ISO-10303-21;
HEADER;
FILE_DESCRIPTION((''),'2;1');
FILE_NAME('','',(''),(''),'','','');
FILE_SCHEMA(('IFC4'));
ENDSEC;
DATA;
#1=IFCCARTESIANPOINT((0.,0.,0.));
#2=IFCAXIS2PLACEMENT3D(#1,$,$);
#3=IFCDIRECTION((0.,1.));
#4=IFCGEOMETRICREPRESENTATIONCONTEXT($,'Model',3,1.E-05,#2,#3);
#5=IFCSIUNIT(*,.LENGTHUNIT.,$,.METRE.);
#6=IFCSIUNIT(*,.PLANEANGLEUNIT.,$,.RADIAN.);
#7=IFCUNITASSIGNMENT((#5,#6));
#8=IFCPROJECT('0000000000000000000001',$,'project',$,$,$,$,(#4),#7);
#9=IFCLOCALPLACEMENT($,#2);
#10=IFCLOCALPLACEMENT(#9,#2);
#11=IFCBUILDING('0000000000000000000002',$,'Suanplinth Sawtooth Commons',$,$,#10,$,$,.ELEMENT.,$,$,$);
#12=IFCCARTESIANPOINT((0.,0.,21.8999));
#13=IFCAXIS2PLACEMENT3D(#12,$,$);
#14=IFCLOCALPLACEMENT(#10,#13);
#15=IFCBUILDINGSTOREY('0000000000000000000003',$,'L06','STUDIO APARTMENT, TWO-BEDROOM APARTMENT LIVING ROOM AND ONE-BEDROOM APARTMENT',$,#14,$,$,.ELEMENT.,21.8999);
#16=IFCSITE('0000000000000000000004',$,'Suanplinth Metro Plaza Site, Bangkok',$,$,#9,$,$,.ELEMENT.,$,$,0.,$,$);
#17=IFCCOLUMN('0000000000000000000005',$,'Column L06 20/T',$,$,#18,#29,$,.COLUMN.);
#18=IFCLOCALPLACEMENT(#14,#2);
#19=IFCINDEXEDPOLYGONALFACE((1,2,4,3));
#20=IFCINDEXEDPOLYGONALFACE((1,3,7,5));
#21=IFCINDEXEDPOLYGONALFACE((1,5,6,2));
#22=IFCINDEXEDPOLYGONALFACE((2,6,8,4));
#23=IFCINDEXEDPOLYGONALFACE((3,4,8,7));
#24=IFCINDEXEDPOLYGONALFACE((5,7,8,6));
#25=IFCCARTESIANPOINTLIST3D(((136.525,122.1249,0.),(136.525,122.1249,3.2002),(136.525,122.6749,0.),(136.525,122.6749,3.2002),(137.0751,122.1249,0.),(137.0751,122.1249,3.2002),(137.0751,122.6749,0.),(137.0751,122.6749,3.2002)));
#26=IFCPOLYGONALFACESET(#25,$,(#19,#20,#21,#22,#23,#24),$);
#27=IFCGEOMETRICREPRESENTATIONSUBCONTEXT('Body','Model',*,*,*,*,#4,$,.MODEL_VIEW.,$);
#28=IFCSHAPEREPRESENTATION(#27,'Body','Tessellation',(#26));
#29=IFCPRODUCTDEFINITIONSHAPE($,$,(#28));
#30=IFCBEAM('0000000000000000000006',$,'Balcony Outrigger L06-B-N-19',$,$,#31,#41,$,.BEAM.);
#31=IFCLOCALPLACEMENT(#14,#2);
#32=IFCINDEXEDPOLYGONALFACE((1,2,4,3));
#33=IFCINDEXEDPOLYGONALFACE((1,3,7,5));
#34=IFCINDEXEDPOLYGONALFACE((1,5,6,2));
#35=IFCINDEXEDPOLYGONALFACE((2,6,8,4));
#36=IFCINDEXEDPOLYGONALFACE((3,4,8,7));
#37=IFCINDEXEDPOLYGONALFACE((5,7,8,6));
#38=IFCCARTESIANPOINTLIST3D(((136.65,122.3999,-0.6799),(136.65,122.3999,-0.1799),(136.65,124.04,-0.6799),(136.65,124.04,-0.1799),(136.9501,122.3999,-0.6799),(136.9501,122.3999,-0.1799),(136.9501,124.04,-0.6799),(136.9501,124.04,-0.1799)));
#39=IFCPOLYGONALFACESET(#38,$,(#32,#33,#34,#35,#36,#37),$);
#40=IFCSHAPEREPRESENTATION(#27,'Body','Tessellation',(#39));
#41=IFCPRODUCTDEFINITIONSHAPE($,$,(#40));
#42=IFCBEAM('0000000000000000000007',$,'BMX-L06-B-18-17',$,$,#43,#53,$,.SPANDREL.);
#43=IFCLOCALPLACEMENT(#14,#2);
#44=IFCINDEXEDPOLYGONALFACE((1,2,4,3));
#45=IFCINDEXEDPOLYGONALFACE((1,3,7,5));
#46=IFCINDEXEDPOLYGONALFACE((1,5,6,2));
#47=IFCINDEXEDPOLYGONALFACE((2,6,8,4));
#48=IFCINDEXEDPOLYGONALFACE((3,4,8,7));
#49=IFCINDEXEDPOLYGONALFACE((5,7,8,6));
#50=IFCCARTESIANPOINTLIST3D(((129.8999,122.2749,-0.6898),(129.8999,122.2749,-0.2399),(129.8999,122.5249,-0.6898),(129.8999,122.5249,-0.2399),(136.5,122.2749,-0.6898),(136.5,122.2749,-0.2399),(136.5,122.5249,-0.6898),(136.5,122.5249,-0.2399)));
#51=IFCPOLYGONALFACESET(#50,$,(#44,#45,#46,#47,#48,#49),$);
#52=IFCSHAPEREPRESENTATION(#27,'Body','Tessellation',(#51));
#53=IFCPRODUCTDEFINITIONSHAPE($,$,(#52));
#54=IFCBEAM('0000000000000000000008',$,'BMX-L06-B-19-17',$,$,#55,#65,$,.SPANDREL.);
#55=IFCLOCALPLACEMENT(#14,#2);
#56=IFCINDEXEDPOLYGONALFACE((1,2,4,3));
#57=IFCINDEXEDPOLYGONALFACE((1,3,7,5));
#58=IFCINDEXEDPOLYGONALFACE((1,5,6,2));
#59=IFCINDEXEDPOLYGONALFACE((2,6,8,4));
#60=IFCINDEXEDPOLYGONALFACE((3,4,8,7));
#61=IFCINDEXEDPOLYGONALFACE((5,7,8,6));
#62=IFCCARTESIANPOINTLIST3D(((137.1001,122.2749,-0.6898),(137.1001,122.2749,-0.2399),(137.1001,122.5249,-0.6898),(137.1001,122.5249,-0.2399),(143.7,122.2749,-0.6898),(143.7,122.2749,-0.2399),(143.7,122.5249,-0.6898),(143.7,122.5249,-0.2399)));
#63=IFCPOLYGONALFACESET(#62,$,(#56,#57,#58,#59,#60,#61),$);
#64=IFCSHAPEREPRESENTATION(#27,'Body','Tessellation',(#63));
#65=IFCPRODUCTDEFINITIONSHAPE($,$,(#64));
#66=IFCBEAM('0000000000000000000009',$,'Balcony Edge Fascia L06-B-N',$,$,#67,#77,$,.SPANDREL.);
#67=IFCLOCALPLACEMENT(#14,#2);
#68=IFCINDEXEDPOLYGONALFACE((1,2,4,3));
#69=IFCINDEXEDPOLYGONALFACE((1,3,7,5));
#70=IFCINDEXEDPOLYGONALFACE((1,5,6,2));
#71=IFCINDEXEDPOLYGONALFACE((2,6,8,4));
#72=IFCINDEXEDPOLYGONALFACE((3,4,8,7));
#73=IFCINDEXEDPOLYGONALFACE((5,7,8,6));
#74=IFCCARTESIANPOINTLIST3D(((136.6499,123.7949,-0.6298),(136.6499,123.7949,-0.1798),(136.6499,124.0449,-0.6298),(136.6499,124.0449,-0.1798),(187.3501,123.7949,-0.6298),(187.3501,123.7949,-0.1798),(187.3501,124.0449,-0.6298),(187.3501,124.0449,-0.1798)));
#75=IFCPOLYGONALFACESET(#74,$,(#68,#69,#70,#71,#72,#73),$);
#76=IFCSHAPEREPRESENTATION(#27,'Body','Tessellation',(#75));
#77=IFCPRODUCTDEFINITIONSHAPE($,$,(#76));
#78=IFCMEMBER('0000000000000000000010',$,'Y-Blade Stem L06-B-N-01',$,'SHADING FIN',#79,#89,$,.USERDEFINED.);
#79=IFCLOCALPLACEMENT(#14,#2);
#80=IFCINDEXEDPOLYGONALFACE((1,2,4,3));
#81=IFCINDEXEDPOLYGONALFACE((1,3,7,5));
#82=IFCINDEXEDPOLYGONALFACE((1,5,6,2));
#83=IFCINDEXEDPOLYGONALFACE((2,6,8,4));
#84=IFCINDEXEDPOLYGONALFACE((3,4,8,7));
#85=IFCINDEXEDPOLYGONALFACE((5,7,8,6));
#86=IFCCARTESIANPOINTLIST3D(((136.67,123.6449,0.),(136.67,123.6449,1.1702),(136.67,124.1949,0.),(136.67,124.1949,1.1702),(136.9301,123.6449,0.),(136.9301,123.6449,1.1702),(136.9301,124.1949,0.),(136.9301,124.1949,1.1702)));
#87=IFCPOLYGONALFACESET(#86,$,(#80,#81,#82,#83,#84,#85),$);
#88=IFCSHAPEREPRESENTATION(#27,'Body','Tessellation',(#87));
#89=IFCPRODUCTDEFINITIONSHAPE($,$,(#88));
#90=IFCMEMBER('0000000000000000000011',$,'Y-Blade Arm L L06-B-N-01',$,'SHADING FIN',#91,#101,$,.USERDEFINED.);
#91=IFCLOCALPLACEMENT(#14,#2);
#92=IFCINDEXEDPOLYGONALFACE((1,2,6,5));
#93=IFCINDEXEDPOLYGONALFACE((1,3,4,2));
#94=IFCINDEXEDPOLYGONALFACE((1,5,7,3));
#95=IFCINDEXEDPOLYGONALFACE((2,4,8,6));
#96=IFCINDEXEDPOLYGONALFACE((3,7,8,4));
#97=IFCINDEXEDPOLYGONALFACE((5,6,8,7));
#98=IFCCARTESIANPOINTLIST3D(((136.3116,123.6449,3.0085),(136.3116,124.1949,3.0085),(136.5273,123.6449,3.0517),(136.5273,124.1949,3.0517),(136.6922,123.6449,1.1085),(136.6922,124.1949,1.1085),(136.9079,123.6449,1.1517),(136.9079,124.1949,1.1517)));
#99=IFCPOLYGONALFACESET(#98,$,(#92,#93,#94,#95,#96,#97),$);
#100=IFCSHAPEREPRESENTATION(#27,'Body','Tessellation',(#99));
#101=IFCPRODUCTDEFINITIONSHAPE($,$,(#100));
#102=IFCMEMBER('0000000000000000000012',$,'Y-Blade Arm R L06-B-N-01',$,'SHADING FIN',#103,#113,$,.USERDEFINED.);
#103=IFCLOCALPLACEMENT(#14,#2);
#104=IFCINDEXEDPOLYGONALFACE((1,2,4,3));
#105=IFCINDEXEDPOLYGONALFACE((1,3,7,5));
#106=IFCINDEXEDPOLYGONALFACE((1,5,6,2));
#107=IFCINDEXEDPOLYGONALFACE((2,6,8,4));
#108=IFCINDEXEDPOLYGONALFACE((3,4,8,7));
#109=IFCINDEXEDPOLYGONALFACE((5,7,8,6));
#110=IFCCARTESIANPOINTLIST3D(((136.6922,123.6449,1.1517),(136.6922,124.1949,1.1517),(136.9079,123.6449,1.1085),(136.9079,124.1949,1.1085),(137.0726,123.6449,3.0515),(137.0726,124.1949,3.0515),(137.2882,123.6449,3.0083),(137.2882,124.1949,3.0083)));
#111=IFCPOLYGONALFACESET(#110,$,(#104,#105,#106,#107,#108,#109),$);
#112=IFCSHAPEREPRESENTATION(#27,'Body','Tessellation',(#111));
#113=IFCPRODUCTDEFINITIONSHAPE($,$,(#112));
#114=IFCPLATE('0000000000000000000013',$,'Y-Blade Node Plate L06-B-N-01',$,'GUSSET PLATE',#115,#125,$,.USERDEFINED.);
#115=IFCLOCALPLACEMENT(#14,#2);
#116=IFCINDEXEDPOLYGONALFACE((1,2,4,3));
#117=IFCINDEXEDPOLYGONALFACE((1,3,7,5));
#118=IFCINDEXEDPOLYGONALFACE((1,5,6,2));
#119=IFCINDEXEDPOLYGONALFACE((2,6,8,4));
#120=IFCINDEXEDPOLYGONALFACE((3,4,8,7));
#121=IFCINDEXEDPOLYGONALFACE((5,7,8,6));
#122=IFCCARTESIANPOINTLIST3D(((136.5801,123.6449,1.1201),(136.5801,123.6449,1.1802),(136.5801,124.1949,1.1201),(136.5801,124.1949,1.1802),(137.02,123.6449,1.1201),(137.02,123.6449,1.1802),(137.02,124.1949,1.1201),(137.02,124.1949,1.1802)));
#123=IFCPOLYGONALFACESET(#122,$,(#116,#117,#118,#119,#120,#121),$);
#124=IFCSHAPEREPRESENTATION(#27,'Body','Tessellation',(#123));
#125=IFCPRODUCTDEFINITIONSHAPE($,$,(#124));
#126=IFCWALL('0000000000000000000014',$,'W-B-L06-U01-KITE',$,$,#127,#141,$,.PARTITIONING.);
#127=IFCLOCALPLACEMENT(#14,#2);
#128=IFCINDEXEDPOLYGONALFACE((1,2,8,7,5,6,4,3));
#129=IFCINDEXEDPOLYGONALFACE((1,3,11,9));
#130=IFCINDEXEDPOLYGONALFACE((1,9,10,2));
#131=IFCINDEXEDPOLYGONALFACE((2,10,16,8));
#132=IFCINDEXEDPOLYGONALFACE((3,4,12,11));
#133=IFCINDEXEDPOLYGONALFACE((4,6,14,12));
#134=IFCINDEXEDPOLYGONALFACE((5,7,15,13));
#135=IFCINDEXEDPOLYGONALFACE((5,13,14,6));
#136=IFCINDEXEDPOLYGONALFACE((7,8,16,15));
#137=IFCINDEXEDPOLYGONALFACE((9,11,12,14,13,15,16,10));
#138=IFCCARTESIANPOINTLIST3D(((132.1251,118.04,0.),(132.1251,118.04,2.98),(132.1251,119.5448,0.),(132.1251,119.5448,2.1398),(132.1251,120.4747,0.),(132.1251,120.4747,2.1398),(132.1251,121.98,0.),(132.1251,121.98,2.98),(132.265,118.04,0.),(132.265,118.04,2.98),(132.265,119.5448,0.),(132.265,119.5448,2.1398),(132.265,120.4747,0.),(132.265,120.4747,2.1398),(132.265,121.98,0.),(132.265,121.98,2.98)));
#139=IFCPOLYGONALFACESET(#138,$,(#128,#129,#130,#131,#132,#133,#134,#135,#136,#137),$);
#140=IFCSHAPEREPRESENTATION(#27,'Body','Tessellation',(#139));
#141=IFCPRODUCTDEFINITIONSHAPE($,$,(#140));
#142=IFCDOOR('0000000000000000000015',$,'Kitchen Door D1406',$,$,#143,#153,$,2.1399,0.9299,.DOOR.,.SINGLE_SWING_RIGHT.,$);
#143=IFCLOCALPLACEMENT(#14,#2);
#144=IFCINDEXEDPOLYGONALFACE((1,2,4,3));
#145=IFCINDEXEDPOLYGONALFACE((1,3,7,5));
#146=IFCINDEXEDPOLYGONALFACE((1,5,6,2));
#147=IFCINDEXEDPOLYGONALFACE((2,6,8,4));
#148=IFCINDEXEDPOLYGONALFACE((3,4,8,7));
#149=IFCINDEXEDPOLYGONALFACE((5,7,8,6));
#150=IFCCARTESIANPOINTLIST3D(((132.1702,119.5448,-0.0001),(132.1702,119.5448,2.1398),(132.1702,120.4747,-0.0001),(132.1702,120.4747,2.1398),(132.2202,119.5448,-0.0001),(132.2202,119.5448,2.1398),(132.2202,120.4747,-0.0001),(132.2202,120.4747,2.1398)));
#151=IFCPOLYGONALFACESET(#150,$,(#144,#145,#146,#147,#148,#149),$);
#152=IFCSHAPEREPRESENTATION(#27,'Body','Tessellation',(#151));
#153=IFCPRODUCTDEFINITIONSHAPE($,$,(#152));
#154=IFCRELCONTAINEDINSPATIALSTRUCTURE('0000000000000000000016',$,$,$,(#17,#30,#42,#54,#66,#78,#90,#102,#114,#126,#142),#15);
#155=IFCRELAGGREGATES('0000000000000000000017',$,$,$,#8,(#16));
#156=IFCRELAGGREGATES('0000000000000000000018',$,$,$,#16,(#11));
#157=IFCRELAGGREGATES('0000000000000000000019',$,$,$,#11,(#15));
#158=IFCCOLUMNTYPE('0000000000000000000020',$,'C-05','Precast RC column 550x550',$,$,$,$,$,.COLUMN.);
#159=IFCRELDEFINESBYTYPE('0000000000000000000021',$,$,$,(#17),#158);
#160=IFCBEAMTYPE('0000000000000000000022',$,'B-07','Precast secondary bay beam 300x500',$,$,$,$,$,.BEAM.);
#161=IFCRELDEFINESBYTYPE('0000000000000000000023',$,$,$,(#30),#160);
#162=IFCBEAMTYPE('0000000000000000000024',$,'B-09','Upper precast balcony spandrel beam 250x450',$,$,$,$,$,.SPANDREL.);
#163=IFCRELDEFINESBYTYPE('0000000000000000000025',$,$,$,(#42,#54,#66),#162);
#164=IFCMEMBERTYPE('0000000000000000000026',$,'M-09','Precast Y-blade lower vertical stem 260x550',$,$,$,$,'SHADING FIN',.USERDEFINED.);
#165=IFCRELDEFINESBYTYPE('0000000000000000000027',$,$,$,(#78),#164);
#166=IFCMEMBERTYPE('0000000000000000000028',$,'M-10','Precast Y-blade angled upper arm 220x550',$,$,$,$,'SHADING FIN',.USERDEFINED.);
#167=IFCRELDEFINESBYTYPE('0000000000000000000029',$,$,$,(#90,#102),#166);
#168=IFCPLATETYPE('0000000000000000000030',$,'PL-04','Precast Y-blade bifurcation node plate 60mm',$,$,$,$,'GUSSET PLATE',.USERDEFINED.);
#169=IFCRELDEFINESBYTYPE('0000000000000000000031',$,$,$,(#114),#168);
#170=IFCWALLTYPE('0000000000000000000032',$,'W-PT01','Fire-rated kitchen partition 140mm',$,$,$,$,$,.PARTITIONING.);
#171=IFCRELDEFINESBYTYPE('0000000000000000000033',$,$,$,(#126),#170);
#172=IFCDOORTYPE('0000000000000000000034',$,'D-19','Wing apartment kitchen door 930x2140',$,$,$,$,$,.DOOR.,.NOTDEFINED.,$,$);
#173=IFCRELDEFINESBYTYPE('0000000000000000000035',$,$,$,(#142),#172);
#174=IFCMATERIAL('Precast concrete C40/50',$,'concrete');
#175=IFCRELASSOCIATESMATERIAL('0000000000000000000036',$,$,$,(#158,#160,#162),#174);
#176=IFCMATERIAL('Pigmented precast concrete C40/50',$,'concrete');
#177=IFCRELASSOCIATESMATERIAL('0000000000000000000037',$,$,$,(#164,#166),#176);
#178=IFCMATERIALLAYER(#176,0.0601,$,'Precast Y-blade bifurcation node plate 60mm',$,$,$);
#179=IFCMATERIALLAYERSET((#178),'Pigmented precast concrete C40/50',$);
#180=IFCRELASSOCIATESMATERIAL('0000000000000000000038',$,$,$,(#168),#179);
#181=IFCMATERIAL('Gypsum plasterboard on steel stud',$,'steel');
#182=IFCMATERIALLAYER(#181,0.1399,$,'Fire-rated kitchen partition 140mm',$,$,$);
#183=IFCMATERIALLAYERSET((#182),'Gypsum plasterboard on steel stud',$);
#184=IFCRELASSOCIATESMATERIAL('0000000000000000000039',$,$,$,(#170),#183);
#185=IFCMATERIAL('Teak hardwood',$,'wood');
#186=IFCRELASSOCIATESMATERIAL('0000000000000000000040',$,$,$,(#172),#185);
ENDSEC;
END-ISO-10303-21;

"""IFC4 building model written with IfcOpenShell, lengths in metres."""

from ifc_helpers import new_model, si_unit, direction, frame, frame_2d, origin, origin_2d, place, context, subcontext, project, spatial, rectangle, extrude, material, layer, layer_set, material_profile, profile_set, type_object, element, fill, save


model = new_model("IFC4")

# Units and contexts
model_context = context("Model", 3, precision=1e-05, world=origin(), true_north=direction((0.0, 1.0)))
body_context = subcontext(model_context, "Body", "Model", "MODEL_VIEW")
ifc_project = project(units=[si_unit("LENGTHUNIT", "METRE"), si_unit("PLANEANGLEUNIT", "RADIAN")], contexts=[model_context])

# Site, building, storey
site_placement = place(None, origin())
site = spatial("IfcSite", under=ifc_project, at=site_placement, Name="Suanplinth Metro Plaza Site, Bangkok", CompositionType="ELEMENT", RefElevation=0.0)
building_placement = place(site_placement, origin())
building = spatial("IfcBuilding", under=site, at=building_placement, Name="Suanplinth Sawtooth Commons", CompositionType="ELEMENT")
storey_placement = place(building_placement, frame((0.0, 0.0, 21.8999)))
storey = spatial("IfcBuildingStorey", under=building, at=storey_placement, Name="L06", Description="STUDIO APARTMENT, TWO-BEDROOM APARTMENT LIVING ROOM AND ONE-BEDROOM APARTMENT", CompositionType="ELEMENT", Elevation=21.8999)

# Column
ifc_material_1 = material(Name="Precast concrete C40/50", Category="concrete")
ifc_material_profile_1 = material_profile(ifc_material_1, rectangle(XDim=0.55, YDim=0.55, at=origin_2d()), Name="PC-COL 550x550")
ifc_profile_set_1 = profile_set([ifc_material_profile_1], Name="Precast concrete C40/50")
column_type = type_object("IfcColumnType", Name="C-05", Description="Precast RC column 550x550", PredefinedType="COLUMN", material=ifc_profile_set_1)
column_placement = place(storey_placement, frame((136.8, 122.3999, 0.0), z_axis=(0.0, 0.0, 1.0), x_axis=(1.0, 0.0, 0.0)))
element("IfcColumn", 1, at=column_placement, inside=storey, type_object=column_type, Name="Column L06 20/T", PredefinedType="COLUMN", context=body_context, shape_type="SweptSolid", body=[
    extrude(rectangle(XDim=0.55, YDim=0.55, at=origin_2d()), origin(), (0.0, 0.0, 1.0), 3.2002),
])

# Beams
ifc_material_profile_2 = material_profile(ifc_material_1, rectangle(XDim=0.3, YDim=0.5, at=origin_2d()), Name="PC-BM 300x500")
ifc_profile_set_2 = profile_set([ifc_material_profile_2], Name="Precast concrete C40/50")
beam_type_1 = type_object("IfcBeamType", Name="B-07", Description="Precast secondary bay beam 300x500", PredefinedType="BEAM", material=ifc_profile_set_2)
beam_1_placement = place(storey_placement, frame((136.8, 122.3999, -0.4299), z_axis=(0.0, 1.0, 0.0), x_axis=(-1.0, 0.0, 0.0)))
element("IfcBeam", 2, at=beam_1_placement, inside=storey, type_object=beam_type_1, Name="Balcony Outrigger L06-B-N-19", PredefinedType="BEAM", context=body_context, shape_type="SweptSolid", body=[
    extrude(rectangle(XDim=0.3, YDim=0.5, at=origin_2d()), origin(), (0.0, 0.0, 1.0), 1.6401),
])
ifc_material_profile_3 = material_profile(ifc_material_1, rectangle(XDim=0.25, YDim=0.45, at=origin_2d()), Name="PC-SP 250x450")
ifc_profile_set_3 = profile_set([ifc_material_profile_3], Name="Precast concrete C40/50")
beam_type_2 = type_object("IfcBeamType", Name="B-09", Description="Upper precast balcony spandrel beam 250x450", PredefinedType="SPANDREL", material=ifc_profile_set_3)
beam_2_placement = place(storey_placement, frame((129.8999, 122.3999, -0.4648), z_axis=(1.0, 0.0, 0.0), x_axis=(0.0, 1.0, 0.0)))
element("IfcBeam", 3, at=beam_2_placement, inside=storey, type_object=beam_type_2, Name="BMX-L06-B-18-17", PredefinedType="SPANDREL", context=body_context, shape_type="SweptSolid", body=[
    extrude(rectangle(XDim=0.25, YDim=0.45, at=origin_2d()), origin(), (0.0, 0.0, 1.0), 6.6001),
])
beam_3_placement = place(storey_placement, frame((137.1001, 122.3999, -0.4648), z_axis=(1.0, 0.0, 0.0), x_axis=(0.0, 1.0, 0.0)))
element("IfcBeam", 4, at=beam_3_placement, inside=storey, type_object=beam_type_2, Name="BMX-L06-B-19-17", PredefinedType="SPANDREL", context=body_context, shape_type="SweptSolid", body=[
    extrude(rectangle(XDim=0.25, YDim=0.45, at=origin_2d()), origin(), (0.0, 0.0, 1.0), 6.5999),
])
beam_4_placement = place(storey_placement, frame((136.6499, 123.9199, -0.4048), z_axis=(1.0, 0.0, 0.0), x_axis=(0.0, 1.0, 0.0)))
element("IfcBeam", 5, at=beam_4_placement, inside=storey, type_object=beam_type_2, Name="Balcony Edge Fascia L06-B-N", PredefinedType="SPANDREL", context=body_context, shape_type="SweptSolid", body=[
    extrude(rectangle(XDim=0.25, YDim=0.45, at=origin_2d()), origin(), (0.0, 0.0, 1.0), 50.7002),
])

# Members
ifc_material_2 = material(Name="Pigmented precast concrete C40/50", Category="concrete")
ifc_material_profile_4 = material_profile(ifc_material_2, rectangle(XDim=0.26, YDim=0.55, at=origin_2d()), Name="PC-FIN 260x550")
ifc_profile_set_4 = profile_set([ifc_material_profile_4], Name="Pigmented precast concrete C40/50")
member_type_1 = type_object("IfcMemberType", Name="M-09", Description="Precast Y-blade lower vertical stem 260x550", ElementType="SHADING FIN", PredefinedType="USERDEFINED", material=ifc_profile_set_4)
member_1_placement = place(storey_placement, frame((136.8, 123.9199, 0.0), z_axis=(0.0, 0.0, 1.0), x_axis=(1.0, 0.0, 0.0)))
element("IfcMember", 6, at=member_1_placement, inside=storey, type_object=member_type_1, Name="Y-Blade Stem L06-B-N-01", ObjectType="SHADING FIN", PredefinedType="USERDEFINED", context=body_context, shape_type="SweptSolid", body=[
    extrude(rectangle(XDim=0.26, YDim=0.55, at=origin_2d()), origin(), (0.0, 0.0, 1.0), 1.1702),
])
ifc_material_profile_5 = material_profile(ifc_material_2, rectangle(XDim=0.22, YDim=0.55, at=origin_2d()), Name="PC-FIN 220x550")
ifc_profile_set_5 = profile_set([ifc_material_profile_5], Name="Pigmented precast concrete C40/50")
member_type_2 = type_object("IfcMemberType", Name="M-10", Description="Precast Y-blade angled upper arm 220x550", ElementType="SHADING FIN", PredefinedType="USERDEFINED", material=ifc_profile_set_5)
member_2_placement = place(storey_placement, frame((136.8, 123.9199, 1.1301), z_axis=(-0.196431, 0.0, 0.980518), x_axis=(0.980518, 0.0, 0.196431)))
element("IfcMember", 7, at=member_2_placement, inside=storey, type_object=member_type_2, Name="Y-Blade Arm L L06-B-N-01", ObjectType="SHADING FIN", PredefinedType="USERDEFINED", context=body_context, shape_type="SweptSolid", body=[
    extrude(rectangle(XDim=0.22, YDim=0.55, at=origin_2d()), origin(), (0.0, 0.0, 1.0), 1.9377),
])
member_3_placement = place(storey_placement, frame((136.8, 123.9199, 1.1301), z_axis=(0.19631, 0.0, 0.980542), x_axis=(-0.980542, 0.0, 0.19631)))
element("IfcMember", 8, at=member_3_placement, inside=storey, type_object=member_type_2, Name="Y-Blade Arm R L06-B-N-01", ObjectType="SHADING FIN", PredefinedType="USERDEFINED", context=body_context, shape_type="SweptSolid", body=[
    extrude(rectangle(XDim=0.22, YDim=0.55, at=origin_2d()), origin(), (0.0, 0.0, 1.0), 1.9375),
])

# Plate
ifc_layer_1 = layer(ifc_material_2, 0.0601, Name="Precast Y-blade bifurcation node plate 60mm")
ifc_layer_set_1 = layer_set([ifc_layer_1], Name="Pigmented precast concrete C40/50")
plate_type = type_object("IfcPlateType", Name="PL-04", Description="Precast Y-blade bifurcation node plate 60mm", ElementType="GUSSET PLATE", PredefinedType="USERDEFINED", material=ifc_layer_set_1)
plate_placement = place(storey_placement, frame((136.8, 123.9199, 1.1201), z_axis=(0.0, 0.0, 1.0), x_axis=(1.0, 0.0, 0.0)))
element("IfcPlate", 9, at=plate_placement, inside=storey, type_object=plate_type, Name="Y-Blade Node Plate L06-B-N-01", ObjectType="GUSSET PLATE", PredefinedType="USERDEFINED", context=body_context, shape_type="SweptSolid", body=[
    extrude(rectangle(XDim=0.4399, YDim=0.55, at=origin_2d()), origin(), (0.0, 0.0, 1.0), 0.0601),
])

# Wall, opening, door
ifc_material_3 = material(Name="Gypsum plasterboard on steel stud", Category="steel")
ifc_layer_2 = layer(ifc_material_3, 0.1399, Name="Fire-rated kitchen partition 140mm")
ifc_layer_set_2 = layer_set([ifc_layer_2], Name="Gypsum plasterboard on steel stud")
wall_type_1 = type_object("IfcWallType", Name="W-PT01", Description="Fire-rated kitchen partition 140mm", PredefinedType="PARTITIONING", material=ifc_layer_set_2)
wall_1_placement = place(storey_placement, frame((132.1951, 118.04, 0.0), z_axis=(0.0, 0.0, 1.0), x_axis=(0.0, 1.0, 0.0)))
wall_1 = element("IfcWall", 10, at=wall_1_placement, inside=storey, type_object=wall_type_1, Name="W-B-L06-U01-KITE", PredefinedType="PARTITIONING", context=body_context, shape_type="SweptSolid", body=[
    extrude(rectangle(XDim=3.9399, YDim=0.1399, at=frame_2d((1.97, 0.0))), origin(), (0.0, 0.0, 1.0), 2.98),
])
opening_1_placement = place(wall_1_placement, frame((1.5049, 0.0, 0.0)))
opening_1 = element("IfcOpeningElement", 11, at=opening_1_placement, cuts=wall_1, PredefinedType="OPENING", context=body_context, shape_type="SweptSolid", body=[
    extrude(rectangle(XDim=0.9299, YDim=2.1399, at=frame_2d((0.4648, 1.0698))), frame((0.0, 0.085, 0.0), z_axis=(0.0, -1.0, 0.0), x_axis=(1.0, 0.0, 0.0)), (0.0, 0.0, 1.0), 0.1697),
])
ifc_material_4 = material(Name="Teak hardwood", Category="wood")
door_type_1 = type_object("IfcDoorType", Name="D-19", Description="Wing apartment kitchen door 930x2140", OperationType="NOTDEFINED", PredefinedType="DOOR", material=ifc_material_4)
door_1_placement = place(opening_1_placement, origin())
door_1 = element("IfcDoor", 12, at=door_1_placement, inside=storey, type_object=door_type_1, Name="Kitchen Door D1406", OperationType="SINGLE_SWING_RIGHT", OverallHeight=2.1399, OverallWidth=0.9299, PredefinedType="DOOR", context=body_context, shape_type="SweptSolid", body=[
    extrude(rectangle(XDim=0.9299, YDim=2.1399, at=frame_2d((0.4648, 1.0698))), frame((0.0, 0.0249, 0.0), z_axis=(0.0, -1.0, 0.0), x_axis=(1.0, 0.0, 0.0)), (0.0, 0.0, 1.0), 0.05),
])
fill(opening_1, door_1)

save(model, "model.ifc")
